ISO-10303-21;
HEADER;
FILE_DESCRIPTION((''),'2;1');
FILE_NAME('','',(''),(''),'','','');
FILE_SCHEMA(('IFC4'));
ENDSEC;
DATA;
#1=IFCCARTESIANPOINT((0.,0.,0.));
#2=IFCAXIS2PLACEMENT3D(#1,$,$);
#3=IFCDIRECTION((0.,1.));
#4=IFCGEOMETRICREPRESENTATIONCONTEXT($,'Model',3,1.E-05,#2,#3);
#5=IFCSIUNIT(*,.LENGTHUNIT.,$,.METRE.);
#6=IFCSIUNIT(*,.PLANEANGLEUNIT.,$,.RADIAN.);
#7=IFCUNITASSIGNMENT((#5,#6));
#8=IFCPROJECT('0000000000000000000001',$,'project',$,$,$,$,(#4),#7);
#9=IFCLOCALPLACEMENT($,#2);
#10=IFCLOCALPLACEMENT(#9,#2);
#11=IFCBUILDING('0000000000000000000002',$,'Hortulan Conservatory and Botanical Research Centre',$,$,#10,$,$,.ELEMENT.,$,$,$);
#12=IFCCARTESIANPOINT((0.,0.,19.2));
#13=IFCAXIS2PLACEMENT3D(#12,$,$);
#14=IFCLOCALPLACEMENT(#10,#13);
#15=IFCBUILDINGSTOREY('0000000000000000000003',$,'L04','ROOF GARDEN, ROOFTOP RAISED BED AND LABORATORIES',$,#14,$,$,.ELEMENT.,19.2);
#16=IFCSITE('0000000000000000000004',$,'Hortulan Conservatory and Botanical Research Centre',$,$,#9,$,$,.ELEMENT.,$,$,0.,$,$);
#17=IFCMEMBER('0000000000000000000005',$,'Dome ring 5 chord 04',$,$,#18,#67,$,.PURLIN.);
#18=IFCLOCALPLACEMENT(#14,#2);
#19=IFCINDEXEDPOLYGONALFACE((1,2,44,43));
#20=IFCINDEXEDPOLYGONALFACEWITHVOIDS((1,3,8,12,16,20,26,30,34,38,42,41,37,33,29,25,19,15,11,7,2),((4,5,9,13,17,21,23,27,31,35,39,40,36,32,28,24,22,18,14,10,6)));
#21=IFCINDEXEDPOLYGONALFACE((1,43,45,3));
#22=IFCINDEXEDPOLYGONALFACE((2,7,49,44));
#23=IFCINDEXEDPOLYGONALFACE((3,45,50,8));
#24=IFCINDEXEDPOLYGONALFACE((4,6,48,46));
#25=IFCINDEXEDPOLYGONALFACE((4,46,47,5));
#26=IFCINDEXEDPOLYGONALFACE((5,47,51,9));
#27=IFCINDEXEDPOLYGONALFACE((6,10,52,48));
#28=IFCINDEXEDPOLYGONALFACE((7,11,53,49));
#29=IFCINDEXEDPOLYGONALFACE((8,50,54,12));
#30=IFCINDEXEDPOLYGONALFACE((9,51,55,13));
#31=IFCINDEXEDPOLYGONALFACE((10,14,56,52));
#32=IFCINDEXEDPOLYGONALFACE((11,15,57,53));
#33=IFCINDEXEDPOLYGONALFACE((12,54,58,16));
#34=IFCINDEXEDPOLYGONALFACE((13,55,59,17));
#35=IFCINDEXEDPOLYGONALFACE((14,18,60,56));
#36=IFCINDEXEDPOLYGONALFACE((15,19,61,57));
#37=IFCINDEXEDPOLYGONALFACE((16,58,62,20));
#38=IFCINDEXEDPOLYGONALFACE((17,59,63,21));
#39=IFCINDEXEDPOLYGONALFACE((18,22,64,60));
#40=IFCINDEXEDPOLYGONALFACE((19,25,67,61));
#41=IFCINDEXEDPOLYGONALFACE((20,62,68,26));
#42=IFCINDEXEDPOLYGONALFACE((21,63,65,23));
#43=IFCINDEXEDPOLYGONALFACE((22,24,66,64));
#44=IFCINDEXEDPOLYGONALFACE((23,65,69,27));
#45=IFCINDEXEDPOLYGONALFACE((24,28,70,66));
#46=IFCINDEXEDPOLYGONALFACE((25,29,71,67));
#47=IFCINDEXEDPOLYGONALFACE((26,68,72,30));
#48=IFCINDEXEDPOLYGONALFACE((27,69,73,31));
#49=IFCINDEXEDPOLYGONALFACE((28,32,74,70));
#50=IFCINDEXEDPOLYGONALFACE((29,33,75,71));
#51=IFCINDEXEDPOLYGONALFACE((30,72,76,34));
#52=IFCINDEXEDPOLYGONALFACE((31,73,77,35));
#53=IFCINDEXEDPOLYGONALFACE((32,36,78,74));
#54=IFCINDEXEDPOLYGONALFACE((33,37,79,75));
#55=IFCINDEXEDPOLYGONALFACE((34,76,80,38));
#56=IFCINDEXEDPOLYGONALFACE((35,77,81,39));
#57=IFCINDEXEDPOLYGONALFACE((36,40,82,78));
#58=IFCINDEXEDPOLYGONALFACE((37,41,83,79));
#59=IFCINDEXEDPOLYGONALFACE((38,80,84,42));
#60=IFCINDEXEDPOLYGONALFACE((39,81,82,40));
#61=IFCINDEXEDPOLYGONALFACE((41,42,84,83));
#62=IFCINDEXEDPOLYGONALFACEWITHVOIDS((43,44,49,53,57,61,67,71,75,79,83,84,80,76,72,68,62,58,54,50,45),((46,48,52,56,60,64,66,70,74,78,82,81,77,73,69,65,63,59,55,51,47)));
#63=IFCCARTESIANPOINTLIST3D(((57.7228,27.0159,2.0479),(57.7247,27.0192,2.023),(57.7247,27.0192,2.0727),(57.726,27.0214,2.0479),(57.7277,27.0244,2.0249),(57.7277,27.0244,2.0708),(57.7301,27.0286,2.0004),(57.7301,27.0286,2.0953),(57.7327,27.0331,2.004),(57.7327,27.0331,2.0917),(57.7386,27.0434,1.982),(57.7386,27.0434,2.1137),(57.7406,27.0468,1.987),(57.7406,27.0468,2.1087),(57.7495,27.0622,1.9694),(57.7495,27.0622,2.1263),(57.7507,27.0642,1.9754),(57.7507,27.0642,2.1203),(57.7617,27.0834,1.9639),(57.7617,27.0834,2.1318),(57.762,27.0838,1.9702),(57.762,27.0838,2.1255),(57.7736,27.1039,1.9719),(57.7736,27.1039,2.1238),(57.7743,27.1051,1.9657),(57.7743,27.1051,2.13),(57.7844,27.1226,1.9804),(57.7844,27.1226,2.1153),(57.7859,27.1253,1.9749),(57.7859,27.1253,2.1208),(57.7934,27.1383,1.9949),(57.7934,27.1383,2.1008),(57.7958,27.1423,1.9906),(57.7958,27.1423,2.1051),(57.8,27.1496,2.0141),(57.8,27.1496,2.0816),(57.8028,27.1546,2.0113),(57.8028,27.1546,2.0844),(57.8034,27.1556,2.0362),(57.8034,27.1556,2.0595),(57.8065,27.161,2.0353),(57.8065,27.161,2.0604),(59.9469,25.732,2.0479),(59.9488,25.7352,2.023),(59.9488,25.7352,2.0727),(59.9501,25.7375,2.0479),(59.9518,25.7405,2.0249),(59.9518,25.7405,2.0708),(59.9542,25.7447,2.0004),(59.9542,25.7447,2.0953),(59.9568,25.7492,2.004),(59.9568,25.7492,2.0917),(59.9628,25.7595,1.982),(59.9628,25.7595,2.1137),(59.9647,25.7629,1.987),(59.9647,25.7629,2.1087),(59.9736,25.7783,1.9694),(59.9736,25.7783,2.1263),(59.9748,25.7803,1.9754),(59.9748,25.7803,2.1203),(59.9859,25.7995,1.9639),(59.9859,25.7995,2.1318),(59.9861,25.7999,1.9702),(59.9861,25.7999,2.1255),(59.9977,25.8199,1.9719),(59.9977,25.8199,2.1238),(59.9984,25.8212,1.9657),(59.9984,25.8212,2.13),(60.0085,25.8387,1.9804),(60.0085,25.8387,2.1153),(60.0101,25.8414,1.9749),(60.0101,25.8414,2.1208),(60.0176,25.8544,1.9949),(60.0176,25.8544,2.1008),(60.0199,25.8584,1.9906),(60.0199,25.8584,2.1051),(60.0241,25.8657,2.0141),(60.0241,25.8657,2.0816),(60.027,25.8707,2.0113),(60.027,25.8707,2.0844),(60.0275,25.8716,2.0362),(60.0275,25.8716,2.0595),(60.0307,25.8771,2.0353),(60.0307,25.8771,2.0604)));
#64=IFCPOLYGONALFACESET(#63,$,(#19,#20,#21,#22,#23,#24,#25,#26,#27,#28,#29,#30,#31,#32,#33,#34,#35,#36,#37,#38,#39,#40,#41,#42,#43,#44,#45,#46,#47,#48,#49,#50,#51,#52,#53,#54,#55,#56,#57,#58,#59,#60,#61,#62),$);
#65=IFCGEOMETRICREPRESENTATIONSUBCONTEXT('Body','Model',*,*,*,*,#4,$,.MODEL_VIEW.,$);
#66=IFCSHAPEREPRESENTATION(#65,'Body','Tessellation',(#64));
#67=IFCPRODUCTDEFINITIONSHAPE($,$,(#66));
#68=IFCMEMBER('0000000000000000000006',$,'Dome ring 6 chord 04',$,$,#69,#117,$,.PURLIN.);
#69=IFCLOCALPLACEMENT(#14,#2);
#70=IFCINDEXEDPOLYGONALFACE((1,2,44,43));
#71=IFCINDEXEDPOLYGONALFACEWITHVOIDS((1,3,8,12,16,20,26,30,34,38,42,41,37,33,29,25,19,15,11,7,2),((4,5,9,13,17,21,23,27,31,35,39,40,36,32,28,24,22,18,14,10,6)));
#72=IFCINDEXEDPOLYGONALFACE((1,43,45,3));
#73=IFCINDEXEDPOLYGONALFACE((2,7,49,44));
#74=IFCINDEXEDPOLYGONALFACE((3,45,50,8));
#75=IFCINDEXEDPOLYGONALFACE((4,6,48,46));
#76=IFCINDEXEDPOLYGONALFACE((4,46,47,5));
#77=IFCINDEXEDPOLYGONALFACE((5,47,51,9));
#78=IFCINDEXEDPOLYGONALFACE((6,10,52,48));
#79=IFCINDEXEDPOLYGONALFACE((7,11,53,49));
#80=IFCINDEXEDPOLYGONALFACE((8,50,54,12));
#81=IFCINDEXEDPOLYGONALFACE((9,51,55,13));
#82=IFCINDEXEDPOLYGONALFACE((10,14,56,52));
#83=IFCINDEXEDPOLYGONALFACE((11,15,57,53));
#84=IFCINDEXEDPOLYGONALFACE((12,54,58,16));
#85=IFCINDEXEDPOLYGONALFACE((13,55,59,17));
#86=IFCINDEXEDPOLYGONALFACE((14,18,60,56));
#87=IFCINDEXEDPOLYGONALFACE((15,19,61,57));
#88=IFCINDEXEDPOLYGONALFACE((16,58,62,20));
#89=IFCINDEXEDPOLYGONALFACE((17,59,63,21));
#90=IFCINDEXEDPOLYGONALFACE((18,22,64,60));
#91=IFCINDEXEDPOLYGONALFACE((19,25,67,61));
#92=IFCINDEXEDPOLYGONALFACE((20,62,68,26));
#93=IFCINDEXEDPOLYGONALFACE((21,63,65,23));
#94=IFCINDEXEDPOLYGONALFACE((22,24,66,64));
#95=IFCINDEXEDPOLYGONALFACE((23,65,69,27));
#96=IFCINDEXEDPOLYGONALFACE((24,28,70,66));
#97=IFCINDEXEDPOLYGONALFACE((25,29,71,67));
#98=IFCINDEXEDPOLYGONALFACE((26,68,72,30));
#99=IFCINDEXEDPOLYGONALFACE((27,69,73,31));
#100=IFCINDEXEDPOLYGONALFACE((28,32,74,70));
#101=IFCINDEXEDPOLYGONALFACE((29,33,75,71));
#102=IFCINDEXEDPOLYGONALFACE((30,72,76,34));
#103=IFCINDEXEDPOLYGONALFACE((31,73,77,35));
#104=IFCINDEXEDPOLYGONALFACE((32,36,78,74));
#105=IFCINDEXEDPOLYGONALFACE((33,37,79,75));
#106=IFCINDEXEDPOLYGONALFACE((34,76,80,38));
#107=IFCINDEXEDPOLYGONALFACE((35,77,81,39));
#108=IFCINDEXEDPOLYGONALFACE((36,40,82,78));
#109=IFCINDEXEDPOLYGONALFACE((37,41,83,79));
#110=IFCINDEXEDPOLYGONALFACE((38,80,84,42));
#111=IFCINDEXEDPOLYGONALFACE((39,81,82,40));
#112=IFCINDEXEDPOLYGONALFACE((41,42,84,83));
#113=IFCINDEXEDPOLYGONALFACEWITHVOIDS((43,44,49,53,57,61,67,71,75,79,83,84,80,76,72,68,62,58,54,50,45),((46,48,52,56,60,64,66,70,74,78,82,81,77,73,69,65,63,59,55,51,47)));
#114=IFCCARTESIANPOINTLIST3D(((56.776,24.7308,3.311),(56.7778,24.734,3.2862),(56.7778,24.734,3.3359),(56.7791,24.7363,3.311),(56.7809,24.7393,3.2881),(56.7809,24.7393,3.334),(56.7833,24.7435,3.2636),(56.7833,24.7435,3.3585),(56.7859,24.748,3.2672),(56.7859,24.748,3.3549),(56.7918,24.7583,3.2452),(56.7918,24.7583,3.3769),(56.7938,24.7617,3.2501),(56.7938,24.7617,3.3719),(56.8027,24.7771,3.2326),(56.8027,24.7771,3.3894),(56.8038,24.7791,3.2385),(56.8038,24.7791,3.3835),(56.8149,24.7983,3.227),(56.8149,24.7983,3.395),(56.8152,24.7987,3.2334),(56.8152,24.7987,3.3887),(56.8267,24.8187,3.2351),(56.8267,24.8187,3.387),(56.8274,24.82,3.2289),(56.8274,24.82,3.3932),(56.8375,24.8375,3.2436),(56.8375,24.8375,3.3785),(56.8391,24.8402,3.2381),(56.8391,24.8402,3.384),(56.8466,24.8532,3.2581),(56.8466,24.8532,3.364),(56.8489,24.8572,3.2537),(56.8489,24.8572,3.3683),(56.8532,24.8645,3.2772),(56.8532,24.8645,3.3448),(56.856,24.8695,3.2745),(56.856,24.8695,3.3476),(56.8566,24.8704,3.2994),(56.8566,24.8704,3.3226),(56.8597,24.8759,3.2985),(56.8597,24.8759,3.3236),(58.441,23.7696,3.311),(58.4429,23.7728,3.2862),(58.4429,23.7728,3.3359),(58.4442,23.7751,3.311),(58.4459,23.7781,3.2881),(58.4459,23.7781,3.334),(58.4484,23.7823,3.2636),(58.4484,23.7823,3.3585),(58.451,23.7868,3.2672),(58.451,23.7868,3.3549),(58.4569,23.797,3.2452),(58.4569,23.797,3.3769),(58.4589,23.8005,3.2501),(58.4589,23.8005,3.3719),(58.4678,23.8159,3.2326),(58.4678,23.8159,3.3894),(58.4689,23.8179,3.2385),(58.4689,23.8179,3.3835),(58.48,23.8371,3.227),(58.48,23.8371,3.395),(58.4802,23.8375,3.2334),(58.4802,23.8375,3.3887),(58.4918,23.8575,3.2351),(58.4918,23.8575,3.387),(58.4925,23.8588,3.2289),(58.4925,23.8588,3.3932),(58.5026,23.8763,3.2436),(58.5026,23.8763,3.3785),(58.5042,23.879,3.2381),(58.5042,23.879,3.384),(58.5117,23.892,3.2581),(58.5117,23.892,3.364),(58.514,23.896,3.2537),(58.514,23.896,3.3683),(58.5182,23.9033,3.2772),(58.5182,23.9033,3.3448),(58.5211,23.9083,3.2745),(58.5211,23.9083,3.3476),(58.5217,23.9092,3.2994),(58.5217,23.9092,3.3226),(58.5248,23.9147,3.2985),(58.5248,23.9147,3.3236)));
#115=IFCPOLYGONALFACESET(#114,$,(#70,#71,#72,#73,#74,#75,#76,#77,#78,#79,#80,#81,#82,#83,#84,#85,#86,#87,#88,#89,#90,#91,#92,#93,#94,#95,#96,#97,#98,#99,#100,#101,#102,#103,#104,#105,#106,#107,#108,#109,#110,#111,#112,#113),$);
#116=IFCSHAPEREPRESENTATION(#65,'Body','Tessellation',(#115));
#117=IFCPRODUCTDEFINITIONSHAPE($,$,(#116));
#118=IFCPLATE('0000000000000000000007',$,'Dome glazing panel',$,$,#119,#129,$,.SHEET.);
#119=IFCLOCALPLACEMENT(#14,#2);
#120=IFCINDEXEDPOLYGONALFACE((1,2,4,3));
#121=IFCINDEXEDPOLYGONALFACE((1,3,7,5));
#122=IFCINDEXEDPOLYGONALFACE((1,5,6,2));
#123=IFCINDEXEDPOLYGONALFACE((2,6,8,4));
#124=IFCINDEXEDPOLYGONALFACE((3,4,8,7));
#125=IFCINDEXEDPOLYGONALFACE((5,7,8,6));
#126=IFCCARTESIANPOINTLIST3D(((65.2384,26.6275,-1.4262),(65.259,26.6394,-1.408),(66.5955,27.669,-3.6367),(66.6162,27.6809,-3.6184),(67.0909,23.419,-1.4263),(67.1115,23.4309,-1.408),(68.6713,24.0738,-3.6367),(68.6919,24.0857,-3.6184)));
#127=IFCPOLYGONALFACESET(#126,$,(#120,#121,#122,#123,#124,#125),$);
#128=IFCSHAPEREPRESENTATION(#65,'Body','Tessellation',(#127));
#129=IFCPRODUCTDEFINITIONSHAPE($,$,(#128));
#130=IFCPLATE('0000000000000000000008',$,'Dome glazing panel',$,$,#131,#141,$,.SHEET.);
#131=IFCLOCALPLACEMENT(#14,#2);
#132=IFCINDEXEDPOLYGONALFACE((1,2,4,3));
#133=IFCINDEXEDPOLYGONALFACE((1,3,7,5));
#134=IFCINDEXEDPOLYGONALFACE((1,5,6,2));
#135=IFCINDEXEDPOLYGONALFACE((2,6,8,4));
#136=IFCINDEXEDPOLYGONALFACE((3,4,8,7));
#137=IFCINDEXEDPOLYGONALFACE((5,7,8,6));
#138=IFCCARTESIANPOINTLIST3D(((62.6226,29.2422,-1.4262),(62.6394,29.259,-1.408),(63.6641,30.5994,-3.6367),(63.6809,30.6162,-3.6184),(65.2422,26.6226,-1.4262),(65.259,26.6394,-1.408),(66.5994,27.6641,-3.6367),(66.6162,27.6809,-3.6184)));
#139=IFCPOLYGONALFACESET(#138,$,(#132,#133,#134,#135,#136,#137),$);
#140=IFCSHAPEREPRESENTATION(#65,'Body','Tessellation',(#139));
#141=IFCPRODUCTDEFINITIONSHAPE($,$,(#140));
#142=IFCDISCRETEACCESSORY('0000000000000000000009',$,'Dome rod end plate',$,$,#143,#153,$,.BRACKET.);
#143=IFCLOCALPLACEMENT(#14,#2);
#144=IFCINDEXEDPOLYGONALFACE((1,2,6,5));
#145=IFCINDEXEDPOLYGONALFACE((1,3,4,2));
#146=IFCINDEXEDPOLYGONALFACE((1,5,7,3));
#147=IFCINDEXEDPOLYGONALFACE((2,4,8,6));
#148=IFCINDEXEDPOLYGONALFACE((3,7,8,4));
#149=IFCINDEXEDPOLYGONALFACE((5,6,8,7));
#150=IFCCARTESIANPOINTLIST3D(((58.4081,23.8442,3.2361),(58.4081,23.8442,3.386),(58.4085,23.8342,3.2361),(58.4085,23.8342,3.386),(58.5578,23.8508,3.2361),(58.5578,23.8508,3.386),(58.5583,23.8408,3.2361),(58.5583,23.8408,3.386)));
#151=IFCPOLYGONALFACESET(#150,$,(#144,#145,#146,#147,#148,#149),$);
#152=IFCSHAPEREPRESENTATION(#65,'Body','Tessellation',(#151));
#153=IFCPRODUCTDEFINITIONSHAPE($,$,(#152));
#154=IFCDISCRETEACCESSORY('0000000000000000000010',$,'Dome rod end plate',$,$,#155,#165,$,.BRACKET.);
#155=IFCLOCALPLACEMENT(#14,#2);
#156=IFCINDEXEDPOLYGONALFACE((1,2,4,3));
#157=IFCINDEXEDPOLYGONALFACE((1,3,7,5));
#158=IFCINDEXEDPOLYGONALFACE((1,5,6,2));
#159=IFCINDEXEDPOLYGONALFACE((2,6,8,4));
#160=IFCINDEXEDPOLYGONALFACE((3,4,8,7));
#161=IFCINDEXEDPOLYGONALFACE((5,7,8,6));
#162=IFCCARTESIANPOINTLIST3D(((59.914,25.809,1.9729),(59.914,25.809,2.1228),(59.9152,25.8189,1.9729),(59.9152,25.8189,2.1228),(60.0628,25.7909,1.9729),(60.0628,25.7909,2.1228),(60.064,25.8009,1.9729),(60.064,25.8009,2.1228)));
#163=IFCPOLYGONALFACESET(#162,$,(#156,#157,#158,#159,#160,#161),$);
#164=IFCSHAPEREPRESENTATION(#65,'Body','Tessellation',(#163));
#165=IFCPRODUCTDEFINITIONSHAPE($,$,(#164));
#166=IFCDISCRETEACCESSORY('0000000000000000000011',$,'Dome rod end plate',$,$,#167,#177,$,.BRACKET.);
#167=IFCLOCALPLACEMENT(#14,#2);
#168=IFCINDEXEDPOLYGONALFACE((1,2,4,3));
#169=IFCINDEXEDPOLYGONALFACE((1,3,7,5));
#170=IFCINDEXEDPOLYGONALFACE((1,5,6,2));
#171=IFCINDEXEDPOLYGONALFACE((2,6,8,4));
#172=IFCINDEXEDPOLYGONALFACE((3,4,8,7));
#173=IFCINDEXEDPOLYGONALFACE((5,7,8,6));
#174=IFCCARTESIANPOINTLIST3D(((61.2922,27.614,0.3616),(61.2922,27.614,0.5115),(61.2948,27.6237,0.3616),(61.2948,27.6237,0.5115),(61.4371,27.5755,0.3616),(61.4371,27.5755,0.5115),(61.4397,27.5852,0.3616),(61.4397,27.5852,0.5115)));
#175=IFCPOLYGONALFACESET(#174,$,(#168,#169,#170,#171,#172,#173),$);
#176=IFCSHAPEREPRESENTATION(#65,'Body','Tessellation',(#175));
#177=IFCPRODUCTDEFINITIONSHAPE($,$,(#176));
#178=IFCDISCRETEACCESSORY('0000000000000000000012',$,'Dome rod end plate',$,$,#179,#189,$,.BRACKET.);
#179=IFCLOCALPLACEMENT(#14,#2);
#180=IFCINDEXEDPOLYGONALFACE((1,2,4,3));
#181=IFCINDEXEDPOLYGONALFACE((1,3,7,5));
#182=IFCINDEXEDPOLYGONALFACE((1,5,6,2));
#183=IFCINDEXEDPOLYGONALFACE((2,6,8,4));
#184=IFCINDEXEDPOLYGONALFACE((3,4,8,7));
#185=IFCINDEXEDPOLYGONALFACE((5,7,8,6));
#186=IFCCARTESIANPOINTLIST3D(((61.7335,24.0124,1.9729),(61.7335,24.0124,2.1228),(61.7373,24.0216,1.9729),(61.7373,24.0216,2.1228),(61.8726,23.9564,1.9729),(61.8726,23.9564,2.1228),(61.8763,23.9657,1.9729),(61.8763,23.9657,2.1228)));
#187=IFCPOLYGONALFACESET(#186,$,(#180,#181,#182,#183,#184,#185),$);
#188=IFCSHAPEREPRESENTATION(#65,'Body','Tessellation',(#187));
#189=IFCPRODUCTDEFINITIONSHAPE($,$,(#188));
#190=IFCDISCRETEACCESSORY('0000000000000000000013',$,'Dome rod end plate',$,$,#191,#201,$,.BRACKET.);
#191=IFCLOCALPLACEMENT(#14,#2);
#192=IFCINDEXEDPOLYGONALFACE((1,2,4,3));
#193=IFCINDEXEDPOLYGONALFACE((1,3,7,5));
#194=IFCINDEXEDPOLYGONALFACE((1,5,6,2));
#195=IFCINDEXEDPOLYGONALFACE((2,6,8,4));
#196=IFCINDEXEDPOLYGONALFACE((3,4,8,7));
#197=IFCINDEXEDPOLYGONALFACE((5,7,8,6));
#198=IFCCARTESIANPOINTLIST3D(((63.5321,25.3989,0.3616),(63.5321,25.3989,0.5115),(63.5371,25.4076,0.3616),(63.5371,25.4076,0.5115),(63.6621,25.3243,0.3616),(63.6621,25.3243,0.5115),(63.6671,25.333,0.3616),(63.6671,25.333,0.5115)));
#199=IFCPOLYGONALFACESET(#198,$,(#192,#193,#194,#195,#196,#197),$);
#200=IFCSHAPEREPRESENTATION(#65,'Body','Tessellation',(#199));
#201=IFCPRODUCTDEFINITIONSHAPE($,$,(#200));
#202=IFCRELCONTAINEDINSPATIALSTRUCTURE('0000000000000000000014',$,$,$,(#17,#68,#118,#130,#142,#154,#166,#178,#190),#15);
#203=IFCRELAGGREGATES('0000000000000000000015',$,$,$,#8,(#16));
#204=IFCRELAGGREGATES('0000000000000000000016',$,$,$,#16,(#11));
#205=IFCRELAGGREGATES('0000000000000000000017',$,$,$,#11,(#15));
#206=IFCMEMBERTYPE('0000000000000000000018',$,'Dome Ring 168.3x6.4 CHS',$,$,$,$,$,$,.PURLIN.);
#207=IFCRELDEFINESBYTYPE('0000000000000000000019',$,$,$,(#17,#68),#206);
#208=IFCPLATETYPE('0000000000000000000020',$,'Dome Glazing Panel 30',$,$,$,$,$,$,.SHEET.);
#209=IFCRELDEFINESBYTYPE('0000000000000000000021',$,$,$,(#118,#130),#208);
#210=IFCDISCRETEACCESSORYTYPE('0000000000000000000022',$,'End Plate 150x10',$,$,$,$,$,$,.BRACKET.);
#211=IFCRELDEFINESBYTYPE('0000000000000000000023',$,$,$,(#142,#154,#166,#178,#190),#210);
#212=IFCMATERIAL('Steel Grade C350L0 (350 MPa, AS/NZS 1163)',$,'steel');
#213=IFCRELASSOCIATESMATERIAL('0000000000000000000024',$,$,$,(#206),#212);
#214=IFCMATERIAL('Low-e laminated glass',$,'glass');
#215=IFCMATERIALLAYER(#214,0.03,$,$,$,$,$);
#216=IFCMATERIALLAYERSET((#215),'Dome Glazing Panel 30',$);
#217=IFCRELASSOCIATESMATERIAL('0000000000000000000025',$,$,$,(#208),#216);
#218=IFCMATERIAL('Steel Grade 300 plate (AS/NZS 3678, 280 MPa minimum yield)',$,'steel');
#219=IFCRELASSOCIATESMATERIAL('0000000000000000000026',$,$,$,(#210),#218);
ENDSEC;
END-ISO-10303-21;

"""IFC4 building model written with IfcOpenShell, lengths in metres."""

from ifc_helpers import new_model, si_unit, direction, frame, origin, origin_2d, place, context, subcontext, project, spatial, polyline, rectangle, hollow_circle, outline, extrude, material, layer, layer_set, material_profile, profile_set, type_object, element, save


model = new_model("IFC4")

# Units and contexts
model_context = context("Model", 3, precision=1e-05, world=origin(), true_north=direction((0.0, 1.0)))
body_context = subcontext(model_context, "Body", "Model", "MODEL_VIEW")
ifc_project = project(units=[si_unit("LENGTHUNIT", "METRE"), si_unit("PLANEANGLEUNIT", "RADIAN")], contexts=[model_context])

# Site, building, storey
site_placement = place(None, origin())
site = spatial("IfcSite", under=ifc_project, at=site_placement, Name="Hortulan Conservatory and Botanical Research Centre", CompositionType="ELEMENT", RefElevation=0.0)
building_placement = place(site_placement, origin())
building = spatial("IfcBuilding", under=site, at=building_placement, Name="Hortulan Conservatory and Botanical Research Centre", CompositionType="ELEMENT")
storey_placement = place(building_placement, frame((0.0, 0.0, 19.2)))
storey = spatial("IfcBuildingStorey", under=building, at=storey_placement, Name="L04", Description="ROOF GARDEN, ROOFTOP RAISED BED AND LABORATORIES", CompositionType="ELEMENT", Elevation=19.2)

# Shared definitions
ifc_material_1 = material(Name="Steel Grade C350L0 (350 MPa, AS/NZS 1163)", Category="steel")

# Members
ifc_material_profile_1 = material_profile(ifc_material_1, hollow_circle(Radius=0.0842, WallThickness=0.0063, at=origin_2d()), Name="168.3x6.4CHS")
ifc_profile_set_1 = profile_set([ifc_material_profile_1], Name="Steel Grade C350L0 (350 MPa, AS/NZS 1163)")
member_type_1 = type_object("IfcMemberType", Name="Dome Ring 168.3x6.4 CHS", PredefinedType="PURLIN", material=ifc_profile_set_1)
for number, where, z_axis, x_axis, name in (
    (1, (59.989, 25.8049, 2.0479), (-0.866053, 0.499953, 0.0), (-0.499953, -0.866053, 0.0), "Dome ring 5 chord 04"),
):
    element("IfcMember", number, at=place(storey_placement, frame(where, z_axis=z_axis, x_axis=x_axis)), inside=storey, type_object=member_type_1, Name=name, PredefinedType="PURLIN", context=body_context, shape_type="SweptSolid", body=[
        extrude(hollow_circle(Radius=0.0842, WallThickness=0.0063, at=origin_2d()), origin(), (0.0, 0.0, 1.0), 2.5681),
    ])
member_1_placement = place(storey_placement, frame((58.4832, 23.8425, 3.311), z_axis=(-0.866054, 0.49995, 0.0), x_axis=(-0.49995, -0.866054, 0.0)))
element("IfcMember", 2, at=member_1_placement, inside=storey, type_object=member_type_1, Name="Dome ring 6 chord 04", PredefinedType="PURLIN", context=body_context, shape_type="SweptSolid", body=[
    extrude(hollow_circle(Radius=0.0842, WallThickness=0.0063, at=origin_2d()), origin(), (0.0, 0.0, 1.0), 1.9226),
])

# Plates
ifc_material_2 = material(Name="Low-e laminated glass", Category="glass")
ifc_layer = layer(ifc_material_2, 0.03)
ifc_layer_set = layer_set([ifc_layer], Name="Dome Glazing Panel 30")
plate_type = type_object("IfcPlateType", Name="Dome Glazing Panel 30", PredefinedType="SHEET", material=ifc_layer_set)
plate_1_placement = place(storey_placement, frame((68.6919, 24.0857, -3.6184), z_axis=(0.687073, 0.396692, 0.608741), x_axis=(-0.500005, 0.866023, -0.000007)))
element("IfcPlate", 3, at=plate_1_placement, inside=storey, type_object=plate_type, Name="Dome glazing panel", PredefinedType="SHEET", context=body_context, shape_type="SweptSolid", body=[
    extrude(outline(polyline([(0.0, 0.0), (4.1514, 0.0), (3.928, 2.7862), (0.2231, 2.7861), (0.0, 0.0)])), origin(), (0.0, 0.0, -1.0), 0.03),
])
plate_2_placement = place(storey_placement, frame((66.6162, 27.6809, -3.6184), z_axis=(0.560987, 0.560987, 0.608758), x_axis=(-0.707107, 0.707107, 0.0)))
element("IfcPlate", 4, at=plate_2_placement, inside=storey, type_object=plate_type, Name="Dome glazing panel", PredefinedType="SHEET", context=body_context, shape_type="SweptSolid", body=[
    extrude(outline(polyline([(0.0, 0.0), (4.1511, 0.0), (3.9279, 2.7862), (0.2232, 2.7862), (0.0, 0.0)])), origin(), (0.0, 0.0, -1.0), 0.03),
])

# Discrete accessories
ifc_material_3 = material(Name="Steel Grade 300 plate (AS/NZS 3678, 280 MPa minimum yield)", Category="steel")
discrete_accessory_type = type_object("IfcDiscreteAccessoryType", Name="End Plate 150x10", PredefinedType="BRACKET", material=ifc_material_3)
for number, where, z_axis, x_axis, name in (
    (5, (58.4832, 23.8425, 3.2361), (0.0, 0.0, 1.0), (0.999031, 0.044003, 0.0), "Dome rod end plate"),
    (6, (59.989, 25.8049, 1.9729), (0.0, 0.0, 1.0), (0.992692, -0.120674, 0.0), "Dome rod end plate"),
    (7, (61.366, 27.5996, 0.3616), (0.0, 0.0, 1.0), (0.966533, -0.256542, 0.0), "Dome rod end plate"),
    (8, (61.8049, 23.989, 1.9729), (0.0, 0.0, 1.0), (0.927641, -0.373474, 0.0), "Dome rod end plate"),
    (9, (63.5996, 25.366, 0.3616), (0.0, 0.0, 1.0), (0.867201, -0.497958, 0.0), "Dome rod end plate"),
):
    element("IfcDiscreteAccessory", number, at=place(storey_placement, frame(where, z_axis=z_axis, x_axis=x_axis)), inside=storey, type_object=discrete_accessory_type, Name=name, PredefinedType="BRACKET", context=body_context, shape_type="SweptSolid", body=[
        extrude(rectangle(XDim=0.1499, YDim=0.01, at=origin_2d()), origin(), (0.0, 0.0, 1.0), 0.1499),
    ])

save(model, "model.ifc")
